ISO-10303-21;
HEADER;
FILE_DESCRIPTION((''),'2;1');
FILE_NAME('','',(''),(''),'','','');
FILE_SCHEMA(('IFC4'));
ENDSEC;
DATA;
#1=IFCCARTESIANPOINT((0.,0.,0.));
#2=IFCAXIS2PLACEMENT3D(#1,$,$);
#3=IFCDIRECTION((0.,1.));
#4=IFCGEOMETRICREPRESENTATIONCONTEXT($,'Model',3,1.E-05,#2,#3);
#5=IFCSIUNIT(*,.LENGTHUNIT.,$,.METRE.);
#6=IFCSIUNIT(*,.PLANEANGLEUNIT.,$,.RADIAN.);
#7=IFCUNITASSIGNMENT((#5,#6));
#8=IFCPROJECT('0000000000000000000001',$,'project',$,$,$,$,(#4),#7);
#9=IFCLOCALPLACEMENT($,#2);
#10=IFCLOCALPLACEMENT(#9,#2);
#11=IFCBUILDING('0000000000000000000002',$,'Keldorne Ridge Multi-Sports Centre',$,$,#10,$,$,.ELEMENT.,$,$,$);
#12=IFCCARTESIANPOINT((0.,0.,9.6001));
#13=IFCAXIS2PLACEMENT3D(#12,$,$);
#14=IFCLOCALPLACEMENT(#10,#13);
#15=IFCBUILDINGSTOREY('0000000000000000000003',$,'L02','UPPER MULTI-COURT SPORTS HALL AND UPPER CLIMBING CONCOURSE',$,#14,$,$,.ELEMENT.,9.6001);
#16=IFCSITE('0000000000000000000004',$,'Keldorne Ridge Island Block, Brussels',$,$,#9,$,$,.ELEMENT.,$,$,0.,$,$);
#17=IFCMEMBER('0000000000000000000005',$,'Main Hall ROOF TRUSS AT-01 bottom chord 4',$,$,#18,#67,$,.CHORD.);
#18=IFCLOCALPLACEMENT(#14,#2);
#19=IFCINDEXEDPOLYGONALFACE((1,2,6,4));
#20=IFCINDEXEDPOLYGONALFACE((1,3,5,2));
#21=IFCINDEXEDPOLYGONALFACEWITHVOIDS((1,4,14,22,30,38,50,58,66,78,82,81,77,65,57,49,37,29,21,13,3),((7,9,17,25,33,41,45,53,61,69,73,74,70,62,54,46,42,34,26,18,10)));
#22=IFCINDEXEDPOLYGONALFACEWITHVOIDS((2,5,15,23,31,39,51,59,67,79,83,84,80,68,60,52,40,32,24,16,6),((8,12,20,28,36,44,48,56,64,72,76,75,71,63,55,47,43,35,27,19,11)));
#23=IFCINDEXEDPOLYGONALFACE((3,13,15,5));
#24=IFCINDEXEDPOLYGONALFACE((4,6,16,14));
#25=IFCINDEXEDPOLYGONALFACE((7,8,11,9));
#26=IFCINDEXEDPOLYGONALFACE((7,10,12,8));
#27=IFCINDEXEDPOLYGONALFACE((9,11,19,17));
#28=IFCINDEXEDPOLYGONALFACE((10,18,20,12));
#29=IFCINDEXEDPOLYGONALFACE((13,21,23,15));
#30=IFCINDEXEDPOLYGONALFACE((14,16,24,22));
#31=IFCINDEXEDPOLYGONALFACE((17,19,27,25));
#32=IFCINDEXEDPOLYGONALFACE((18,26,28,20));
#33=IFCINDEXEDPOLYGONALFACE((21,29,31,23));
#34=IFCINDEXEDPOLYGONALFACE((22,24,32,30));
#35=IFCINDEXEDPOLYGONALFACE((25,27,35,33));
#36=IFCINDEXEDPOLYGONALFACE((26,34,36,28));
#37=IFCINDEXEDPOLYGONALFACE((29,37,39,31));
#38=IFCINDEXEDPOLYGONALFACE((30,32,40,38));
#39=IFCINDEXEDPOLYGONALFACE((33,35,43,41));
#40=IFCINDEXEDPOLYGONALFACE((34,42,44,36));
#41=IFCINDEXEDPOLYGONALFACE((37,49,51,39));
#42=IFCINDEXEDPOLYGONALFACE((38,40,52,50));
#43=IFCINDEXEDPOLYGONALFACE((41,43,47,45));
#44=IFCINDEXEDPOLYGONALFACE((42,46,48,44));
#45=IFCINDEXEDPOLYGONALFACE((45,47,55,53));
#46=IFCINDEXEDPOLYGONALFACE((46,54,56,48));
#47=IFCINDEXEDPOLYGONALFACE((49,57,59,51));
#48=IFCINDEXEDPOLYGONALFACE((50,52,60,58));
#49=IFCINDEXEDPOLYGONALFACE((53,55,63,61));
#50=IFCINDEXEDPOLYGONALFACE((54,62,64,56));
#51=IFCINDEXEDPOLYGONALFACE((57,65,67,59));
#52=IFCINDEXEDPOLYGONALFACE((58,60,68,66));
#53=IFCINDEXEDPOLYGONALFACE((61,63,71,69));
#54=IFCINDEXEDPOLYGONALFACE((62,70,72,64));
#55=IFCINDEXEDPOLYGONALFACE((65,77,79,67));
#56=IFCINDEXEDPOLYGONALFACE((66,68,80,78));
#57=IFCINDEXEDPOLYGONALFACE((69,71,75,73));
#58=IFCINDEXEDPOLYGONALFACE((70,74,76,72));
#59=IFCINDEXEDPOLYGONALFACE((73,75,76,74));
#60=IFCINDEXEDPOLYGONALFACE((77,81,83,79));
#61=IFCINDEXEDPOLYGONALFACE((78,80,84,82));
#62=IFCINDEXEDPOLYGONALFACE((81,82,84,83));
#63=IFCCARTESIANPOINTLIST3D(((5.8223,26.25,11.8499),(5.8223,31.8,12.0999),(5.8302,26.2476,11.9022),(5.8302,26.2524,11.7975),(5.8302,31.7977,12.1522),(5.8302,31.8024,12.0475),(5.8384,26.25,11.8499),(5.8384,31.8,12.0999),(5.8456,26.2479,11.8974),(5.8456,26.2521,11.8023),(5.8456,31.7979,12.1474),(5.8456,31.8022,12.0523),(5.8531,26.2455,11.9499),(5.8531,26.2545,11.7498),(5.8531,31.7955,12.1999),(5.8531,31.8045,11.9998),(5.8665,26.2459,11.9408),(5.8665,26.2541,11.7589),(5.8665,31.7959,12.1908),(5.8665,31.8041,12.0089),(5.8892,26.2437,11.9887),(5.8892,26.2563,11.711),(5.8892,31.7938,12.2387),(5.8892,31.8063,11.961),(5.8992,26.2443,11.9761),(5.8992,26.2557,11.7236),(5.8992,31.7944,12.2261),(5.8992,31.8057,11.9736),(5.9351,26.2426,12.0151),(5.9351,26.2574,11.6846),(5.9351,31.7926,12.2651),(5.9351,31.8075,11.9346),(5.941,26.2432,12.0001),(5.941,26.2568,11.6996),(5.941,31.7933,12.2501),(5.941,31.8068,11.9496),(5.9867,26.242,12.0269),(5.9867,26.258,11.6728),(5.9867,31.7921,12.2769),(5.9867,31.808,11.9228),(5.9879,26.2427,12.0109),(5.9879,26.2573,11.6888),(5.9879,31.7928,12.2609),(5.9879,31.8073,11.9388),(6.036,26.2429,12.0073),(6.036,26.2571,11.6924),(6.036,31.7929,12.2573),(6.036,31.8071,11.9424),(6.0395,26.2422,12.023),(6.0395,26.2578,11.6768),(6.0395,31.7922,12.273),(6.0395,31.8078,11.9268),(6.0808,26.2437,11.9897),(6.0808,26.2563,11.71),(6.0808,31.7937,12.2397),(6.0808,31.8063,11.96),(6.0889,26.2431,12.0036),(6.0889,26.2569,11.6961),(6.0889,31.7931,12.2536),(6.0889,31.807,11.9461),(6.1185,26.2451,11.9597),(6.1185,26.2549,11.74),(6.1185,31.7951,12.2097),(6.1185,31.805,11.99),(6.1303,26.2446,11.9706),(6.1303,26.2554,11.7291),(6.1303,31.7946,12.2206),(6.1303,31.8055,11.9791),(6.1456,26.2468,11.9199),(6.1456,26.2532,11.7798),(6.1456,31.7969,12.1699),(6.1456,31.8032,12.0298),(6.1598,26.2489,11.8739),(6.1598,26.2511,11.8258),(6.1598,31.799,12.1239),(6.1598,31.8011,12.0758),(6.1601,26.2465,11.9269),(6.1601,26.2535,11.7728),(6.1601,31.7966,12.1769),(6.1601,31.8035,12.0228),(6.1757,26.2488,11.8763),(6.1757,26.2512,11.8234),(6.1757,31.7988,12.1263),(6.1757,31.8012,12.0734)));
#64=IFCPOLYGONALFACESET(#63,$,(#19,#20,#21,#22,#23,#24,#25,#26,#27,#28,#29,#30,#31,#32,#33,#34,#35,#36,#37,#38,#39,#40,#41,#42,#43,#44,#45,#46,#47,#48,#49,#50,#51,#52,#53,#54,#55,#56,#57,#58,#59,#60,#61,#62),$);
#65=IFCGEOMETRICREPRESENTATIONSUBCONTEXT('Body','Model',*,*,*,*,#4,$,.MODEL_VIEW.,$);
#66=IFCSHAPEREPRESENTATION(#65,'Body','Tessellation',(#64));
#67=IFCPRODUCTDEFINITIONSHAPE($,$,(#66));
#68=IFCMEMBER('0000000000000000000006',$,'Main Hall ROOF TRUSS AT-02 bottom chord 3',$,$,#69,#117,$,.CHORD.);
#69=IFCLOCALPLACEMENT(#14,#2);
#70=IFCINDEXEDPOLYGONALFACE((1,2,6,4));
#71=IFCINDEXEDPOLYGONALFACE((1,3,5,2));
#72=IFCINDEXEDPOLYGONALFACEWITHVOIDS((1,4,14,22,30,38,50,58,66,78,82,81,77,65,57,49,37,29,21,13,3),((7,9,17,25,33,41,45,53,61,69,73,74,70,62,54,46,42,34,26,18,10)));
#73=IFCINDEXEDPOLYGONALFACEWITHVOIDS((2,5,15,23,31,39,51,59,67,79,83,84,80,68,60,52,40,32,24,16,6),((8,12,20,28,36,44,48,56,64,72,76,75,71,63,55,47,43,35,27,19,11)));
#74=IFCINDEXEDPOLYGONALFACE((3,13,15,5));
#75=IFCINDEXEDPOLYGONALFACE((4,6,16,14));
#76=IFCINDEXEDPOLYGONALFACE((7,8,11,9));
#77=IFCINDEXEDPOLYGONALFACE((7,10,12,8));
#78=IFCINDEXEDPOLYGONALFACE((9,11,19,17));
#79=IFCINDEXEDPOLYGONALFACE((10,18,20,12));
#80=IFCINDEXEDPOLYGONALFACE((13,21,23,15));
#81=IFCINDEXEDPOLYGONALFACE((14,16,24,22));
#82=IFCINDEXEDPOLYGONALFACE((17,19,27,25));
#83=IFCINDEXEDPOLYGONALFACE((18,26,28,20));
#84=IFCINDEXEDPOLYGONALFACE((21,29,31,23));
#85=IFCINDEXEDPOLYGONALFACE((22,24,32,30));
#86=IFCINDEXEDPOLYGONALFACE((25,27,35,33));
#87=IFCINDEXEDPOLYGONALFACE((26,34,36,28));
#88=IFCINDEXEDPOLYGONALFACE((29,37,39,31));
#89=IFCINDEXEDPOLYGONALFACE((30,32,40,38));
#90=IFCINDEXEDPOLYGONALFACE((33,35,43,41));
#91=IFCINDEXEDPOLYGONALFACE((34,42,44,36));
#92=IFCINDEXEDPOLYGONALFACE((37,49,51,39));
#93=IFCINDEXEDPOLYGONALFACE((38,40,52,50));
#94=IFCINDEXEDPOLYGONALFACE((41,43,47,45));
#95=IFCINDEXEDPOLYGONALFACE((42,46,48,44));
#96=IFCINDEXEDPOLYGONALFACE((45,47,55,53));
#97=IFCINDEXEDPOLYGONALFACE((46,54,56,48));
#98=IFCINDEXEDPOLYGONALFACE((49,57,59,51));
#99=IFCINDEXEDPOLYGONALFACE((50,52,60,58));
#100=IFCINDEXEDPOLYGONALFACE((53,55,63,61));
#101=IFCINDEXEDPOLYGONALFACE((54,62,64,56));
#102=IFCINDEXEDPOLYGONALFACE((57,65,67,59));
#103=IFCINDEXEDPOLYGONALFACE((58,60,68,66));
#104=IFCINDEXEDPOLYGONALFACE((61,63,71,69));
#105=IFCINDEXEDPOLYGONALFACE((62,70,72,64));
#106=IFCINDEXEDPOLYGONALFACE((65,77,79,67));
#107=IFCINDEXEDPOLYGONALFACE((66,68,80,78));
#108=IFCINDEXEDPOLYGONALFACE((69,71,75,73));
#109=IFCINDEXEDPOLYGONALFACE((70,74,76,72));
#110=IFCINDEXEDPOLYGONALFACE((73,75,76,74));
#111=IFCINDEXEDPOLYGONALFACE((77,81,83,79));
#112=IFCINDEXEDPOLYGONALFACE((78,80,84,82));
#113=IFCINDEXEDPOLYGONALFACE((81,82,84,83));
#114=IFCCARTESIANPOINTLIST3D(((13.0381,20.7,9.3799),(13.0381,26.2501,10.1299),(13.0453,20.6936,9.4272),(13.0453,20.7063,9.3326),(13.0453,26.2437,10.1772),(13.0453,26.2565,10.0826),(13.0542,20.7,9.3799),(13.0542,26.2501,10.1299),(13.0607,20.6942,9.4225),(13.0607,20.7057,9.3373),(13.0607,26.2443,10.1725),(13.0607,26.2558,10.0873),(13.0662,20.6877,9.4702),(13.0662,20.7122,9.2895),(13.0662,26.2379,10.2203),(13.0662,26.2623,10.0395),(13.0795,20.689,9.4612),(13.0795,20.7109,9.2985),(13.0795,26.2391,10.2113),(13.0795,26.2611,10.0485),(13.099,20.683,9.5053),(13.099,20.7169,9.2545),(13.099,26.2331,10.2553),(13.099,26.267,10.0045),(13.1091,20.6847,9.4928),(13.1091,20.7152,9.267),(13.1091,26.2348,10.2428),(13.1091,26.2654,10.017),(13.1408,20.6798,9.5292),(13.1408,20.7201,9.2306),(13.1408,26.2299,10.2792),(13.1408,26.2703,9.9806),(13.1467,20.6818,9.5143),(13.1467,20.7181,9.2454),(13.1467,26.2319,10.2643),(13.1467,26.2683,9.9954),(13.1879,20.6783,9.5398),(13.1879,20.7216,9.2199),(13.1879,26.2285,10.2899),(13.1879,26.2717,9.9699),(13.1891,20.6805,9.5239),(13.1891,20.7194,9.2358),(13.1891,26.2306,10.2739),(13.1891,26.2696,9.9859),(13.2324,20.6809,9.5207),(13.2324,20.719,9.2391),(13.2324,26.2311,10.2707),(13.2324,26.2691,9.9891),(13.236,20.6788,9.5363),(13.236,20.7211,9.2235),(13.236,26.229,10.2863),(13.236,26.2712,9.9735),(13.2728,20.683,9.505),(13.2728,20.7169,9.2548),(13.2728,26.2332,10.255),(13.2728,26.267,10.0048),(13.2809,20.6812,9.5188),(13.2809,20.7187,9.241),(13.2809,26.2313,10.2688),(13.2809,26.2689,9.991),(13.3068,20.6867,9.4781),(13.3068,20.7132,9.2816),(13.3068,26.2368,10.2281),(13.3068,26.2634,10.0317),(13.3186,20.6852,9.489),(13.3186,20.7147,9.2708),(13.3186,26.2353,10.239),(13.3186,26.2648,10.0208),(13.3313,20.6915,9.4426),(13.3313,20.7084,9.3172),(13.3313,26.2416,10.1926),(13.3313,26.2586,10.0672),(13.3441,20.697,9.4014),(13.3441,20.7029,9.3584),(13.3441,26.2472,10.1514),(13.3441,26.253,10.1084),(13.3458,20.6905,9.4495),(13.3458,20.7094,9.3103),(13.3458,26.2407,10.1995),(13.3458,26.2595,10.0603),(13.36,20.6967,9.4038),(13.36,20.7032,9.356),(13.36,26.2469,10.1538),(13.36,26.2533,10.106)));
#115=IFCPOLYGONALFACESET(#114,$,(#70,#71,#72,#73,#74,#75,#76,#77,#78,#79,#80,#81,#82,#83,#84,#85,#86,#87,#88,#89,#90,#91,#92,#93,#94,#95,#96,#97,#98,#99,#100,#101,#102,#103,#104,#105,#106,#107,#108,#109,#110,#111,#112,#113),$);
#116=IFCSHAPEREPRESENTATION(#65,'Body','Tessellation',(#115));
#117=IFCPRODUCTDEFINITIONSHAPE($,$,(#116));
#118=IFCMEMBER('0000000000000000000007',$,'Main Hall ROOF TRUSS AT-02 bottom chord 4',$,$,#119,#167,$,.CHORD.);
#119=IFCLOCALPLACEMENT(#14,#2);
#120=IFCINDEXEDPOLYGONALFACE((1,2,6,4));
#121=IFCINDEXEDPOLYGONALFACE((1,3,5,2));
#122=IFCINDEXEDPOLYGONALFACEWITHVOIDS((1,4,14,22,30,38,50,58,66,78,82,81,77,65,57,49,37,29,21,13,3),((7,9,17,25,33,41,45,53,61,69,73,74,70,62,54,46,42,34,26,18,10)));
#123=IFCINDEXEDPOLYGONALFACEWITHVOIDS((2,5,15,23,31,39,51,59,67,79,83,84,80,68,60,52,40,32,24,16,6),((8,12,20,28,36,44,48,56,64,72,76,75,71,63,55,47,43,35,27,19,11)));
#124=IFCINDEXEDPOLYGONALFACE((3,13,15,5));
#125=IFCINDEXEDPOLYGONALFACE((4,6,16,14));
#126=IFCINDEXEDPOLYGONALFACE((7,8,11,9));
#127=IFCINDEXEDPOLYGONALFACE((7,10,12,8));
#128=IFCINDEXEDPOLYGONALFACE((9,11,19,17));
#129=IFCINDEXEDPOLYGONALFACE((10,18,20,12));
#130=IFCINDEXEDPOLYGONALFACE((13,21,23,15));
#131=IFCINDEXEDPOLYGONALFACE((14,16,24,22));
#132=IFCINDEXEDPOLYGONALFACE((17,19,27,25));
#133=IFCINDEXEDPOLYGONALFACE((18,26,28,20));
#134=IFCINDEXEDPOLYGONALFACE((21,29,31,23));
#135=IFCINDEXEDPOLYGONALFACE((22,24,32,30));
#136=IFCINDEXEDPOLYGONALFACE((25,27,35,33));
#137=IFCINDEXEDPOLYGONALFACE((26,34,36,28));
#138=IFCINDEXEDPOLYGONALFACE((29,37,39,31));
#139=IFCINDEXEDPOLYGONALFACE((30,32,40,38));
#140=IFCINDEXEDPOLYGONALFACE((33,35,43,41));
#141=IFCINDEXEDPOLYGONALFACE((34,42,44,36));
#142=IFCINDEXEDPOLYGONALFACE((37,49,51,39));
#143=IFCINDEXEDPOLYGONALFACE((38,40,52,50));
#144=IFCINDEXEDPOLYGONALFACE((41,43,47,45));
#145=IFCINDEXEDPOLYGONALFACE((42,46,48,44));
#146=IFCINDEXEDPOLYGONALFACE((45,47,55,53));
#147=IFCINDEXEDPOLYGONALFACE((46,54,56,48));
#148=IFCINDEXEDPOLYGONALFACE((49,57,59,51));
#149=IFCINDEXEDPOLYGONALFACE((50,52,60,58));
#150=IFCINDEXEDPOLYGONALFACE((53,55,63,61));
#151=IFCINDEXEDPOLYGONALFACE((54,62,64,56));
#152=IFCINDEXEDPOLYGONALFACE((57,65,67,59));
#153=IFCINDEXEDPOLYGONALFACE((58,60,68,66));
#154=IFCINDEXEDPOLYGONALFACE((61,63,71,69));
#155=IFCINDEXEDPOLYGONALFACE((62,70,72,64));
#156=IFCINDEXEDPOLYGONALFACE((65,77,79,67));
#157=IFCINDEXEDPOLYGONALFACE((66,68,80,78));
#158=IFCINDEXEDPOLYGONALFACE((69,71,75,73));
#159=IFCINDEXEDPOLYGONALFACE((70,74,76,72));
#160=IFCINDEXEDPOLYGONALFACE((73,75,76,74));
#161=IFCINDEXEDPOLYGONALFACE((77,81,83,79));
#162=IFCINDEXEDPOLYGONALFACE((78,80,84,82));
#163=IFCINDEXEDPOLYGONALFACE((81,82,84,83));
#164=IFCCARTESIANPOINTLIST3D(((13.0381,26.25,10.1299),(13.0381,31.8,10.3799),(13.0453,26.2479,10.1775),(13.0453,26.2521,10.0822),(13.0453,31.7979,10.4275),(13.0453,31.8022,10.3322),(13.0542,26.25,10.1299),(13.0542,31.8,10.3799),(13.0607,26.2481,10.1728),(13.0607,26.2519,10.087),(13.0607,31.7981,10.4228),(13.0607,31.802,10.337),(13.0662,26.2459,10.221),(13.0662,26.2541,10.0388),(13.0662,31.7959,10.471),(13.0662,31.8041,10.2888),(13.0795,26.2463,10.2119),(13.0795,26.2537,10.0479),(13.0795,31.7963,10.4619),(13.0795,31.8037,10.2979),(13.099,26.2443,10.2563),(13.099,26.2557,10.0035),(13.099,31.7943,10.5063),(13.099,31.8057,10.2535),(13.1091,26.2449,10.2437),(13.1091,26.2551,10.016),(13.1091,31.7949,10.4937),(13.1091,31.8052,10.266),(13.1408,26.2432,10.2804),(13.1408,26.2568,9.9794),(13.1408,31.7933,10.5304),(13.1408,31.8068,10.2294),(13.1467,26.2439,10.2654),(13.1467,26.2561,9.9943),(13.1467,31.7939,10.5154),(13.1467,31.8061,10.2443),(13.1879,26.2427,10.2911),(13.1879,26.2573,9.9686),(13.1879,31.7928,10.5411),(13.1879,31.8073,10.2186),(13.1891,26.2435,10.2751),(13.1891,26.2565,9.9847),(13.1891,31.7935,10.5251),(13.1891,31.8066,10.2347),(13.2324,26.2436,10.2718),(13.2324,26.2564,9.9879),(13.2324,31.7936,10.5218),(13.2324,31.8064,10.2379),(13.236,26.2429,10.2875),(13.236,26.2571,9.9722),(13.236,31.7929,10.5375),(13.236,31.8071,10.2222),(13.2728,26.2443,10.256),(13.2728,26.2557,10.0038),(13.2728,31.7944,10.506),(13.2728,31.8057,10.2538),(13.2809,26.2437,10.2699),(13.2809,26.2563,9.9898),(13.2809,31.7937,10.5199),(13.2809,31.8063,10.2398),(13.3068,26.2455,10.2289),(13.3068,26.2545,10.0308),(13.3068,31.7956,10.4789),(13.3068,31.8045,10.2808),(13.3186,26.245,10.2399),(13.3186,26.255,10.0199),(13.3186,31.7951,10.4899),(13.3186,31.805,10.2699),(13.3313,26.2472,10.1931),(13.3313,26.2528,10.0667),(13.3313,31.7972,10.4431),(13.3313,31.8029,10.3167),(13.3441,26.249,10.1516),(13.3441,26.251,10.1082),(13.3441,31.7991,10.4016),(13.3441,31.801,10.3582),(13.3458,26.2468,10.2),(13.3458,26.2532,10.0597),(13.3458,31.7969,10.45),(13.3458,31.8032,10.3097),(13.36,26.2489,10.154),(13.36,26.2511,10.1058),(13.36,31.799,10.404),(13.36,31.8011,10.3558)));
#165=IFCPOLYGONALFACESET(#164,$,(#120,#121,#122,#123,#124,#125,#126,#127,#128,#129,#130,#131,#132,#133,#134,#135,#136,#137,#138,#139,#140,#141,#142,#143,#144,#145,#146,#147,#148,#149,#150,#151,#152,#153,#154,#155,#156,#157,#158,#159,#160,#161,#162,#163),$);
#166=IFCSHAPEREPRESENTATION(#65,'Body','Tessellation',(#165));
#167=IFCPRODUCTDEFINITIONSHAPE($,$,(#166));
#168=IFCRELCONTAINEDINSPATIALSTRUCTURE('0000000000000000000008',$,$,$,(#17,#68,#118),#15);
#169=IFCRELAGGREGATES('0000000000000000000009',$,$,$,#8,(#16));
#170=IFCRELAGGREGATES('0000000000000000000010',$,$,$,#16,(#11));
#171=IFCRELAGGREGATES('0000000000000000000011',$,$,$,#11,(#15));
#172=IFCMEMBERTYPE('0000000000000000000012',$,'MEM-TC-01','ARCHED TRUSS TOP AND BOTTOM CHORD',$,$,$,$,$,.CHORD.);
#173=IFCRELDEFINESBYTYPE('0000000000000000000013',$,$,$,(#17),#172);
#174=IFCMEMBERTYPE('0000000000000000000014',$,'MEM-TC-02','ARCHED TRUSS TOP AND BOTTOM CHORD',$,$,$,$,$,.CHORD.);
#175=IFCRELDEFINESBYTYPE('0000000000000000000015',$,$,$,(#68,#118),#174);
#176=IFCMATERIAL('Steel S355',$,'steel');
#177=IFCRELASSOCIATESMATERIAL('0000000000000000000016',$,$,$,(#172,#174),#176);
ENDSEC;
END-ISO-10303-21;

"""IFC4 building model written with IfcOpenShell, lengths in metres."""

from ifc_helpers import new_model, si_unit, direction, frame, origin, origin_2d, place, context, subcontext, project, spatial, hollow_circle, extrude, material, material_profile, profile_set, type_object, element, save


model = new_model("IFC4")

# Units and contexts
model_context = context("Model", 3, precision=1e-05, world=origin(), true_north=direction((0.0, 1.0)))
body_context = subcontext(model_context, "Body", "Model", "MODEL_VIEW")
ifc_project = project(units=[si_unit("LENGTHUNIT", "METRE"), si_unit("PLANEANGLEUNIT", "RADIAN")], contexts=[model_context])

# Site, building, storey
site_placement = place(None, origin())
site = spatial("IfcSite", under=ifc_project, at=site_placement, Name="Keldorne Ridge Island Block, Brussels", CompositionType="ELEMENT", RefElevation=0.0)
building_placement = place(site_placement, origin())
building = spatial("IfcBuilding", under=site, at=building_placement, Name="Keldorne Ridge Multi-Sports Centre", CompositionType="ELEMENT")
storey_placement = place(building_placement, frame((0.0, 0.0, 9.6001)))
storey = spatial("IfcBuildingStorey", under=building, at=storey_placement, Name="L02", Description="UPPER MULTI-COURT SPORTS HALL AND UPPER CLIMBING CONCOURSE", CompositionType="ELEMENT", Elevation=9.6001)

# Members
ifc_material_1 = material(Name="Steel S355", Category="steel")
ifc_material_profile_1 = material_profile(ifc_material_1, hollow_circle(Radius=0.1777, WallThickness=0.0161, at=origin_2d()), Name="CHS 355.6x16")
ifc_profile_set_1 = profile_set([ifc_material_profile_1], Name="Steel S355")
member_type_1 = type_object("IfcMemberType", Name="MEM-TC-01", Description="ARCHED TRUSS TOP AND BOTTOM CHORD", PredefinedType="CHORD", material=ifc_profile_set_1)
member_1_placement = place(storey_placement, frame((6.0, 26.25, 11.8499), z_axis=(0.0, 0.998987, 0.044999), x_axis=(-1.0, 0.0, 0.0)))
element("IfcMember", 1, at=member_1_placement, inside=storey, type_object=member_type_1, Name="Main Hall ROOF TRUSS AT-01 bottom chord 4", PredefinedType="CHORD", context=body_context, shape_type="SweptSolid", body=[
    extrude(hollow_circle(Radius=0.1777, WallThickness=0.0161, at=origin_2d()), origin(), (0.0, 0.0, 1.0), 5.5557),
])
ifc_material_profile_2 = material_profile(ifc_material_1, hollow_circle(Radius=0.1619, WallThickness=0.0161, at=origin_2d()), Name="CHS 323.9x16")
ifc_profile_set_2 = profile_set([ifc_material_profile_2], Name="Steel S355")
member_type_2 = type_object("IfcMemberType", Name="MEM-TC-02", Description="ARCHED TRUSS TOP AND BOTTOM CHORD", PredefinedType="CHORD", material=ifc_profile_set_2)
member_2_placement = place(storey_placement, frame((13.2, 20.7, 9.3799), z_axis=(0.0, 0.990993, 0.133917), x_axis=(-1.0, 0.0, 0.0)))
element("IfcMember", 2, at=member_2_placement, inside=storey, type_object=member_type_2, Name="Main Hall ROOF TRUSS AT-02 bottom chord 3", PredefinedType="CHORD", context=body_context, shape_type="SweptSolid", body=[
    extrude(hollow_circle(Radius=0.1619, WallThickness=0.0161, at=origin_2d()), origin(), (0.0, 0.0, 1.0), 5.6006),
])
member_3_placement = place(storey_placement, frame((13.2, 26.25, 10.1299), z_axis=(0.0, 0.998987, 0.044999), x_axis=(-1.0, 0.0, 0.0)))
element("IfcMember", 3, at=member_3_placement, inside=storey, type_object=member_type_2, Name="Main Hall ROOF TRUSS AT-02 bottom chord 4", PredefinedType="CHORD", context=body_context, shape_type="SweptSolid", body=[
    extrude(hollow_circle(Radius=0.1619, WallThickness=0.0161, at=origin_2d()), origin(), (0.0, 0.0, 1.0), 5.5557),
])

save(model, "model.ifc")
